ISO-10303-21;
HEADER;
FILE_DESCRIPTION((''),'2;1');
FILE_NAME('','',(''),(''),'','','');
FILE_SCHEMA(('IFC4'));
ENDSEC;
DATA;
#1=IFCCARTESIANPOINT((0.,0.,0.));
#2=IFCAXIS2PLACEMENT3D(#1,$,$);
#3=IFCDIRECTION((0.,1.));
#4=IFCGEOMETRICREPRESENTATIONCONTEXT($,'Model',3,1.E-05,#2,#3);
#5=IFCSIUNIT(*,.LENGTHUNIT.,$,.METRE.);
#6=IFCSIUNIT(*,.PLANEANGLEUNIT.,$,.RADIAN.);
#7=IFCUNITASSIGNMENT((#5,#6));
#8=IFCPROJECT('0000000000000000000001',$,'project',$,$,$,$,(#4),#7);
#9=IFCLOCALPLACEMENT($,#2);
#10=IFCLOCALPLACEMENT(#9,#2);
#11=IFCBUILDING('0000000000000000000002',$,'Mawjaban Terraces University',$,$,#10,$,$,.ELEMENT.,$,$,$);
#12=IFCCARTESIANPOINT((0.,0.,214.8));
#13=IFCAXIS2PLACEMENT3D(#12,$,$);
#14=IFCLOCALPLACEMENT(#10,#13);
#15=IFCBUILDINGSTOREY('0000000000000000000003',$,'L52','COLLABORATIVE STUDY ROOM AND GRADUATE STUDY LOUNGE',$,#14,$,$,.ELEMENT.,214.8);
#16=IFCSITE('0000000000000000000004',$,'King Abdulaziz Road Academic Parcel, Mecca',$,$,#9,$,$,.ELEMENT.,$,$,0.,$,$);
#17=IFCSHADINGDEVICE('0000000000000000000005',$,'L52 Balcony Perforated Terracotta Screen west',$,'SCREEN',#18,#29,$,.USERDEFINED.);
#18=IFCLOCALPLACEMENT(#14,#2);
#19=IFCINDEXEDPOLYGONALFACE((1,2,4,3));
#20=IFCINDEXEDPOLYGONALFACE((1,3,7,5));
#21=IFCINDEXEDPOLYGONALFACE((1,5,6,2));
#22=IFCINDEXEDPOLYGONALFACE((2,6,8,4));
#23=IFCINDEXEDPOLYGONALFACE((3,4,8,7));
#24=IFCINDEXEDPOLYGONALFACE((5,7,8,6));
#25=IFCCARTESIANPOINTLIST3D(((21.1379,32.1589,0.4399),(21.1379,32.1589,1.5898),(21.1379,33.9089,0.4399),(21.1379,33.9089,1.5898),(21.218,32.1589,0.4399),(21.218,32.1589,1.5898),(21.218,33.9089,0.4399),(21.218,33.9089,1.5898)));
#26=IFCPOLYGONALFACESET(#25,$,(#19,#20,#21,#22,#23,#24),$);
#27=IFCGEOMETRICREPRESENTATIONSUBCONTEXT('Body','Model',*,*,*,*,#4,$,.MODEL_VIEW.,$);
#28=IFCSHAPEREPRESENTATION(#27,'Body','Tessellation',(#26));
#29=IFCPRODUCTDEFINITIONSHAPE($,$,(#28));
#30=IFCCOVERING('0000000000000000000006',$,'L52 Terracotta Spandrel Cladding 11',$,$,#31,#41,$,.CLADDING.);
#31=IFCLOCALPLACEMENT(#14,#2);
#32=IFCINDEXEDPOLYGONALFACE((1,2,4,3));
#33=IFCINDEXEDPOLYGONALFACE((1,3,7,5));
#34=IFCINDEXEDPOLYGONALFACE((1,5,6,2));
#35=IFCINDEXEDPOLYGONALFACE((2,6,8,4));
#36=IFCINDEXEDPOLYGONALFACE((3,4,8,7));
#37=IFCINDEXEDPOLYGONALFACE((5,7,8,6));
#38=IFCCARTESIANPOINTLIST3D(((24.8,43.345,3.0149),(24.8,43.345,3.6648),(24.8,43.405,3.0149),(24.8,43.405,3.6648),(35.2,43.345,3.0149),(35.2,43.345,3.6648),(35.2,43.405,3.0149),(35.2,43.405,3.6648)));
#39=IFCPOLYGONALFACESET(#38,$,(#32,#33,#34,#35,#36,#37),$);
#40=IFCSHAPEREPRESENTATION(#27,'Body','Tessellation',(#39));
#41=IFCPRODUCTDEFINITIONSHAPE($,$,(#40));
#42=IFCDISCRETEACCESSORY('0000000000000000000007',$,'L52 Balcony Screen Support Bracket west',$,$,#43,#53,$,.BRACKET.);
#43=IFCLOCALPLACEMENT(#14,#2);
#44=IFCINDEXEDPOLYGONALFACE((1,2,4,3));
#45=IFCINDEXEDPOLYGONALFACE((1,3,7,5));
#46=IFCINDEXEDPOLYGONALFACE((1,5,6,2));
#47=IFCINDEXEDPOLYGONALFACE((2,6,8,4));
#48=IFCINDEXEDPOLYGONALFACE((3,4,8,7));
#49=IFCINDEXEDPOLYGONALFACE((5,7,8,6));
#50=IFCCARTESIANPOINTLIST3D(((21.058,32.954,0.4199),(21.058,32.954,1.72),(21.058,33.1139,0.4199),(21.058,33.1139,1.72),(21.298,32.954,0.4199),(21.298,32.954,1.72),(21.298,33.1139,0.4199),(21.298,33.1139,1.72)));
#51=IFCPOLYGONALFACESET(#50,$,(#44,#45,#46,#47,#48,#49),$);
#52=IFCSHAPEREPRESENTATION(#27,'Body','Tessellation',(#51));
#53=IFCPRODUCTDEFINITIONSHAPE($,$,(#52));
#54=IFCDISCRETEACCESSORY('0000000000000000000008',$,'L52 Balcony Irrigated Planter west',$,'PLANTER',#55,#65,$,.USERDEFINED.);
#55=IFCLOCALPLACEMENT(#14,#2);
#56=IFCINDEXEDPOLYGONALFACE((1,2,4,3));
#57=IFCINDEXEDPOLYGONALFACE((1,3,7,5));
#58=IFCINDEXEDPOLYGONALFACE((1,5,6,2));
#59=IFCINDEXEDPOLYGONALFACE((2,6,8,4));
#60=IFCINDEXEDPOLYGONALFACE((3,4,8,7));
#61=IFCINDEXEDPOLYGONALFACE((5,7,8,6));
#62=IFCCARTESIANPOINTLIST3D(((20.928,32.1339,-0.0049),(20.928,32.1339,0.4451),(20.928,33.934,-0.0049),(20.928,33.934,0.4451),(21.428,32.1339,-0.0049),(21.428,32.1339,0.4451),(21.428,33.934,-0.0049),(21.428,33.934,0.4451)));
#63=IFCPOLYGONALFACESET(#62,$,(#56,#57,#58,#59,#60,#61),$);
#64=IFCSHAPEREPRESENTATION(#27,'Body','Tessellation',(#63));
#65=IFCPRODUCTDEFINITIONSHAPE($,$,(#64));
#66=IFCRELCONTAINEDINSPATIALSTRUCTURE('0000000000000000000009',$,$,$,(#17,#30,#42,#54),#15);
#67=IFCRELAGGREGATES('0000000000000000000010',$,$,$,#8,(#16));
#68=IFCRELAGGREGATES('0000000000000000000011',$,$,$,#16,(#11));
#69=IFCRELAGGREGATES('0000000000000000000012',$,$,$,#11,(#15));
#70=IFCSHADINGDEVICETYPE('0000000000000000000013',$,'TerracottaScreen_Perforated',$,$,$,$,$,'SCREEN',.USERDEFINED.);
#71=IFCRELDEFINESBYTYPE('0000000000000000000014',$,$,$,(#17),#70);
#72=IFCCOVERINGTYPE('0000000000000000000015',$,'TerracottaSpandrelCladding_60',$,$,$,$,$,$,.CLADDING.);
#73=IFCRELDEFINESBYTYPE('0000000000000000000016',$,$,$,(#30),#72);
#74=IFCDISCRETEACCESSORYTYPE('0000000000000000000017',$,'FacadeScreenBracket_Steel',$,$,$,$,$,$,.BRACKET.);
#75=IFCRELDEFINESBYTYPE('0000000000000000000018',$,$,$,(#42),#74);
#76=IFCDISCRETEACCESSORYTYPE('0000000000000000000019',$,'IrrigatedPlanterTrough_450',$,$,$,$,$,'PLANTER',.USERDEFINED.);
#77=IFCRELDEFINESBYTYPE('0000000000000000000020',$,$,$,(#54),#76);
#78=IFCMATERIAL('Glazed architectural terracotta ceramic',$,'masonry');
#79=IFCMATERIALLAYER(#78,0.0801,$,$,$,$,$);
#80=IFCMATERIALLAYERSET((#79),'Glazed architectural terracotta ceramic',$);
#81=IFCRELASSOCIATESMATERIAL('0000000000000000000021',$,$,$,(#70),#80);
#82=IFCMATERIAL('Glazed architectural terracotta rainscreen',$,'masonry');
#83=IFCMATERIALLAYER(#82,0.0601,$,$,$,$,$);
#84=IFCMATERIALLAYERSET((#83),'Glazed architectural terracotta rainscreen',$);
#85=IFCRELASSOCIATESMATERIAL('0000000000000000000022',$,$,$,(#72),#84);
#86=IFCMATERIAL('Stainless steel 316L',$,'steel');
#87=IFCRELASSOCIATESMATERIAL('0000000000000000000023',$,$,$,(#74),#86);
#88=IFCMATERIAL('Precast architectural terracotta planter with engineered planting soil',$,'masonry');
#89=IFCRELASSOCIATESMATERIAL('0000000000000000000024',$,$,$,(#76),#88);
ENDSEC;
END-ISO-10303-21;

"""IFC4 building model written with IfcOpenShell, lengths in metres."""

from ifc_helpers import new_model, si_unit, direction, frame, origin, origin_2d, place, context, subcontext, project, spatial, rectangle, extrude, material, layer, layer_set, type_object, element, save


model = new_model("IFC4")

# Units and contexts
model_context = context("Model", 3, precision=1e-05, world=origin(), true_north=direction((0.0, 1.0)))
body_context = subcontext(model_context, "Body", "Model", "MODEL_VIEW")
ifc_project = project(units=[si_unit("LENGTHUNIT", "METRE"), si_unit("PLANEANGLEUNIT", "RADIAN")], contexts=[model_context])

# Site, building, storey
site_placement = place(None, origin())
site = spatial("IfcSite", under=ifc_project, at=site_placement, Name="King Abdulaziz Road Academic Parcel, Mecca", CompositionType="ELEMENT", RefElevation=0.0)
building_placement = place(site_placement, origin())
building = spatial("IfcBuilding", under=site, at=building_placement, Name="Mawjaban Terraces University", CompositionType="ELEMENT")
storey_placement = place(building_placement, frame((0.0, 0.0, 214.8)))
storey = spatial("IfcBuildingStorey", under=building, at=storey_placement, Name="L52", Description="COLLABORATIVE STUDY ROOM AND GRADUATE STUDY LOUNGE", CompositionType="ELEMENT", Elevation=214.8)

# Shading device
ifc_material_1 = material(Name="Glazed architectural terracotta ceramic", Category="masonry")
ifc_layer_1 = layer(ifc_material_1, 0.0801)
ifc_layer_set_1 = layer_set([ifc_layer_1], Name="Glazed architectural terracotta ceramic")
shading_device_type_1 = type_object("IfcShadingDeviceType", Name="TerracottaScreen_Perforated", ElementType="SCREEN", PredefinedType="USERDEFINED", material=ifc_layer_set_1)
shading_device_placement = place(storey_placement, frame((21.178, 33.0339, 0.4399), z_axis=(0.0, 0.0, 1.0), x_axis=(0.0, 1.0, 0.0)))
element("IfcShadingDevice", 1, at=shading_device_placement, inside=storey, type_object=shading_device_type_1, Name="L52 Balcony Perforated Terracotta Screen west", ObjectType="SCREEN", PredefinedType="USERDEFINED", context=body_context, shape_type="SweptSolid", body=[
    extrude(rectangle(XDim=1.75, YDim=0.0801, at=origin_2d()), origin(), (0.0, 0.0, 1.0), 1.1499),
])

# Covering
ifc_material_2 = material(Name="Glazed architectural terracotta rainscreen", Category="masonry")
ifc_layer_2 = layer(ifc_material_2, 0.0601)
ifc_layer_set_2 = layer_set([ifc_layer_2], Name="Glazed architectural terracotta rainscreen")
covering_type = type_object("IfcCoveringType", Name="TerracottaSpandrelCladding_60", PredefinedType="CLADDING", material=ifc_layer_set_2)
covering_placement = place(storey_placement, frame((30.0, 43.375, 3.0149), z_axis=(0.0, 0.0, 1.0), x_axis=(-1.0, 0.0, 0.0)))
element("IfcCovering", 2, at=covering_placement, inside=storey, type_object=covering_type, Name="L52 Terracotta Spandrel Cladding 11", PredefinedType="CLADDING", context=body_context, shape_type="SweptSolid", body=[
    extrude(rectangle(XDim=10.3999, YDim=0.0601, at=origin_2d()), origin(), (0.0, 0.0, 1.0), 0.6499),
])

# Discrete accessories
ifc_material_3 = material(Name="Stainless steel 316L", Category="steel")
discrete_accessory_type_1 = type_object("IfcDiscreteAccessoryType", Name="FacadeScreenBracket_Steel", PredefinedType="BRACKET", material=ifc_material_3)
discrete_accessory_1_placement = place(storey_placement, frame((21.178, 33.0339, 0.4199), z_axis=(0.0, 0.0, 1.0), x_axis=(0.0, 1.0, 0.0)))
element("IfcDiscreteAccessory", 3, at=discrete_accessory_1_placement, inside=storey, type_object=discrete_accessory_type_1, Name="L52 Balcony Screen Support Bracket west", PredefinedType="BRACKET", context=body_context, shape_type="SweptSolid", body=[
    extrude(rectangle(XDim=0.1599, YDim=0.24, at=origin_2d()), origin(), (0.0, 0.0, 1.0), 1.3),
])
ifc_material_4 = material(Name="Precast architectural terracotta planter with engineered planting soil", Category="masonry")
discrete_accessory_type_2 = type_object("IfcDiscreteAccessoryType", Name="IrrigatedPlanterTrough_450", ElementType="PLANTER", PredefinedType="USERDEFINED", material=ifc_material_4)
discrete_accessory_2_placement = place(storey_placement, frame((21.178, 33.0339, -0.0049), z_axis=(0.0, 0.0, 1.0), x_axis=(0.0, 1.0, 0.0)))
element("IfcDiscreteAccessory", 4, at=discrete_accessory_2_placement, inside=storey, type_object=discrete_accessory_type_2, Name="L52 Balcony Irrigated Planter west", ObjectType="PLANTER", PredefinedType="USERDEFINED", context=body_context, shape_type="SweptSolid", body=[
    extrude(rectangle(XDim=1.8, YDim=0.5, at=origin_2d()), origin(), (0.0, 0.0, 1.0), 0.45),
])

save(model, "model.ifc")
